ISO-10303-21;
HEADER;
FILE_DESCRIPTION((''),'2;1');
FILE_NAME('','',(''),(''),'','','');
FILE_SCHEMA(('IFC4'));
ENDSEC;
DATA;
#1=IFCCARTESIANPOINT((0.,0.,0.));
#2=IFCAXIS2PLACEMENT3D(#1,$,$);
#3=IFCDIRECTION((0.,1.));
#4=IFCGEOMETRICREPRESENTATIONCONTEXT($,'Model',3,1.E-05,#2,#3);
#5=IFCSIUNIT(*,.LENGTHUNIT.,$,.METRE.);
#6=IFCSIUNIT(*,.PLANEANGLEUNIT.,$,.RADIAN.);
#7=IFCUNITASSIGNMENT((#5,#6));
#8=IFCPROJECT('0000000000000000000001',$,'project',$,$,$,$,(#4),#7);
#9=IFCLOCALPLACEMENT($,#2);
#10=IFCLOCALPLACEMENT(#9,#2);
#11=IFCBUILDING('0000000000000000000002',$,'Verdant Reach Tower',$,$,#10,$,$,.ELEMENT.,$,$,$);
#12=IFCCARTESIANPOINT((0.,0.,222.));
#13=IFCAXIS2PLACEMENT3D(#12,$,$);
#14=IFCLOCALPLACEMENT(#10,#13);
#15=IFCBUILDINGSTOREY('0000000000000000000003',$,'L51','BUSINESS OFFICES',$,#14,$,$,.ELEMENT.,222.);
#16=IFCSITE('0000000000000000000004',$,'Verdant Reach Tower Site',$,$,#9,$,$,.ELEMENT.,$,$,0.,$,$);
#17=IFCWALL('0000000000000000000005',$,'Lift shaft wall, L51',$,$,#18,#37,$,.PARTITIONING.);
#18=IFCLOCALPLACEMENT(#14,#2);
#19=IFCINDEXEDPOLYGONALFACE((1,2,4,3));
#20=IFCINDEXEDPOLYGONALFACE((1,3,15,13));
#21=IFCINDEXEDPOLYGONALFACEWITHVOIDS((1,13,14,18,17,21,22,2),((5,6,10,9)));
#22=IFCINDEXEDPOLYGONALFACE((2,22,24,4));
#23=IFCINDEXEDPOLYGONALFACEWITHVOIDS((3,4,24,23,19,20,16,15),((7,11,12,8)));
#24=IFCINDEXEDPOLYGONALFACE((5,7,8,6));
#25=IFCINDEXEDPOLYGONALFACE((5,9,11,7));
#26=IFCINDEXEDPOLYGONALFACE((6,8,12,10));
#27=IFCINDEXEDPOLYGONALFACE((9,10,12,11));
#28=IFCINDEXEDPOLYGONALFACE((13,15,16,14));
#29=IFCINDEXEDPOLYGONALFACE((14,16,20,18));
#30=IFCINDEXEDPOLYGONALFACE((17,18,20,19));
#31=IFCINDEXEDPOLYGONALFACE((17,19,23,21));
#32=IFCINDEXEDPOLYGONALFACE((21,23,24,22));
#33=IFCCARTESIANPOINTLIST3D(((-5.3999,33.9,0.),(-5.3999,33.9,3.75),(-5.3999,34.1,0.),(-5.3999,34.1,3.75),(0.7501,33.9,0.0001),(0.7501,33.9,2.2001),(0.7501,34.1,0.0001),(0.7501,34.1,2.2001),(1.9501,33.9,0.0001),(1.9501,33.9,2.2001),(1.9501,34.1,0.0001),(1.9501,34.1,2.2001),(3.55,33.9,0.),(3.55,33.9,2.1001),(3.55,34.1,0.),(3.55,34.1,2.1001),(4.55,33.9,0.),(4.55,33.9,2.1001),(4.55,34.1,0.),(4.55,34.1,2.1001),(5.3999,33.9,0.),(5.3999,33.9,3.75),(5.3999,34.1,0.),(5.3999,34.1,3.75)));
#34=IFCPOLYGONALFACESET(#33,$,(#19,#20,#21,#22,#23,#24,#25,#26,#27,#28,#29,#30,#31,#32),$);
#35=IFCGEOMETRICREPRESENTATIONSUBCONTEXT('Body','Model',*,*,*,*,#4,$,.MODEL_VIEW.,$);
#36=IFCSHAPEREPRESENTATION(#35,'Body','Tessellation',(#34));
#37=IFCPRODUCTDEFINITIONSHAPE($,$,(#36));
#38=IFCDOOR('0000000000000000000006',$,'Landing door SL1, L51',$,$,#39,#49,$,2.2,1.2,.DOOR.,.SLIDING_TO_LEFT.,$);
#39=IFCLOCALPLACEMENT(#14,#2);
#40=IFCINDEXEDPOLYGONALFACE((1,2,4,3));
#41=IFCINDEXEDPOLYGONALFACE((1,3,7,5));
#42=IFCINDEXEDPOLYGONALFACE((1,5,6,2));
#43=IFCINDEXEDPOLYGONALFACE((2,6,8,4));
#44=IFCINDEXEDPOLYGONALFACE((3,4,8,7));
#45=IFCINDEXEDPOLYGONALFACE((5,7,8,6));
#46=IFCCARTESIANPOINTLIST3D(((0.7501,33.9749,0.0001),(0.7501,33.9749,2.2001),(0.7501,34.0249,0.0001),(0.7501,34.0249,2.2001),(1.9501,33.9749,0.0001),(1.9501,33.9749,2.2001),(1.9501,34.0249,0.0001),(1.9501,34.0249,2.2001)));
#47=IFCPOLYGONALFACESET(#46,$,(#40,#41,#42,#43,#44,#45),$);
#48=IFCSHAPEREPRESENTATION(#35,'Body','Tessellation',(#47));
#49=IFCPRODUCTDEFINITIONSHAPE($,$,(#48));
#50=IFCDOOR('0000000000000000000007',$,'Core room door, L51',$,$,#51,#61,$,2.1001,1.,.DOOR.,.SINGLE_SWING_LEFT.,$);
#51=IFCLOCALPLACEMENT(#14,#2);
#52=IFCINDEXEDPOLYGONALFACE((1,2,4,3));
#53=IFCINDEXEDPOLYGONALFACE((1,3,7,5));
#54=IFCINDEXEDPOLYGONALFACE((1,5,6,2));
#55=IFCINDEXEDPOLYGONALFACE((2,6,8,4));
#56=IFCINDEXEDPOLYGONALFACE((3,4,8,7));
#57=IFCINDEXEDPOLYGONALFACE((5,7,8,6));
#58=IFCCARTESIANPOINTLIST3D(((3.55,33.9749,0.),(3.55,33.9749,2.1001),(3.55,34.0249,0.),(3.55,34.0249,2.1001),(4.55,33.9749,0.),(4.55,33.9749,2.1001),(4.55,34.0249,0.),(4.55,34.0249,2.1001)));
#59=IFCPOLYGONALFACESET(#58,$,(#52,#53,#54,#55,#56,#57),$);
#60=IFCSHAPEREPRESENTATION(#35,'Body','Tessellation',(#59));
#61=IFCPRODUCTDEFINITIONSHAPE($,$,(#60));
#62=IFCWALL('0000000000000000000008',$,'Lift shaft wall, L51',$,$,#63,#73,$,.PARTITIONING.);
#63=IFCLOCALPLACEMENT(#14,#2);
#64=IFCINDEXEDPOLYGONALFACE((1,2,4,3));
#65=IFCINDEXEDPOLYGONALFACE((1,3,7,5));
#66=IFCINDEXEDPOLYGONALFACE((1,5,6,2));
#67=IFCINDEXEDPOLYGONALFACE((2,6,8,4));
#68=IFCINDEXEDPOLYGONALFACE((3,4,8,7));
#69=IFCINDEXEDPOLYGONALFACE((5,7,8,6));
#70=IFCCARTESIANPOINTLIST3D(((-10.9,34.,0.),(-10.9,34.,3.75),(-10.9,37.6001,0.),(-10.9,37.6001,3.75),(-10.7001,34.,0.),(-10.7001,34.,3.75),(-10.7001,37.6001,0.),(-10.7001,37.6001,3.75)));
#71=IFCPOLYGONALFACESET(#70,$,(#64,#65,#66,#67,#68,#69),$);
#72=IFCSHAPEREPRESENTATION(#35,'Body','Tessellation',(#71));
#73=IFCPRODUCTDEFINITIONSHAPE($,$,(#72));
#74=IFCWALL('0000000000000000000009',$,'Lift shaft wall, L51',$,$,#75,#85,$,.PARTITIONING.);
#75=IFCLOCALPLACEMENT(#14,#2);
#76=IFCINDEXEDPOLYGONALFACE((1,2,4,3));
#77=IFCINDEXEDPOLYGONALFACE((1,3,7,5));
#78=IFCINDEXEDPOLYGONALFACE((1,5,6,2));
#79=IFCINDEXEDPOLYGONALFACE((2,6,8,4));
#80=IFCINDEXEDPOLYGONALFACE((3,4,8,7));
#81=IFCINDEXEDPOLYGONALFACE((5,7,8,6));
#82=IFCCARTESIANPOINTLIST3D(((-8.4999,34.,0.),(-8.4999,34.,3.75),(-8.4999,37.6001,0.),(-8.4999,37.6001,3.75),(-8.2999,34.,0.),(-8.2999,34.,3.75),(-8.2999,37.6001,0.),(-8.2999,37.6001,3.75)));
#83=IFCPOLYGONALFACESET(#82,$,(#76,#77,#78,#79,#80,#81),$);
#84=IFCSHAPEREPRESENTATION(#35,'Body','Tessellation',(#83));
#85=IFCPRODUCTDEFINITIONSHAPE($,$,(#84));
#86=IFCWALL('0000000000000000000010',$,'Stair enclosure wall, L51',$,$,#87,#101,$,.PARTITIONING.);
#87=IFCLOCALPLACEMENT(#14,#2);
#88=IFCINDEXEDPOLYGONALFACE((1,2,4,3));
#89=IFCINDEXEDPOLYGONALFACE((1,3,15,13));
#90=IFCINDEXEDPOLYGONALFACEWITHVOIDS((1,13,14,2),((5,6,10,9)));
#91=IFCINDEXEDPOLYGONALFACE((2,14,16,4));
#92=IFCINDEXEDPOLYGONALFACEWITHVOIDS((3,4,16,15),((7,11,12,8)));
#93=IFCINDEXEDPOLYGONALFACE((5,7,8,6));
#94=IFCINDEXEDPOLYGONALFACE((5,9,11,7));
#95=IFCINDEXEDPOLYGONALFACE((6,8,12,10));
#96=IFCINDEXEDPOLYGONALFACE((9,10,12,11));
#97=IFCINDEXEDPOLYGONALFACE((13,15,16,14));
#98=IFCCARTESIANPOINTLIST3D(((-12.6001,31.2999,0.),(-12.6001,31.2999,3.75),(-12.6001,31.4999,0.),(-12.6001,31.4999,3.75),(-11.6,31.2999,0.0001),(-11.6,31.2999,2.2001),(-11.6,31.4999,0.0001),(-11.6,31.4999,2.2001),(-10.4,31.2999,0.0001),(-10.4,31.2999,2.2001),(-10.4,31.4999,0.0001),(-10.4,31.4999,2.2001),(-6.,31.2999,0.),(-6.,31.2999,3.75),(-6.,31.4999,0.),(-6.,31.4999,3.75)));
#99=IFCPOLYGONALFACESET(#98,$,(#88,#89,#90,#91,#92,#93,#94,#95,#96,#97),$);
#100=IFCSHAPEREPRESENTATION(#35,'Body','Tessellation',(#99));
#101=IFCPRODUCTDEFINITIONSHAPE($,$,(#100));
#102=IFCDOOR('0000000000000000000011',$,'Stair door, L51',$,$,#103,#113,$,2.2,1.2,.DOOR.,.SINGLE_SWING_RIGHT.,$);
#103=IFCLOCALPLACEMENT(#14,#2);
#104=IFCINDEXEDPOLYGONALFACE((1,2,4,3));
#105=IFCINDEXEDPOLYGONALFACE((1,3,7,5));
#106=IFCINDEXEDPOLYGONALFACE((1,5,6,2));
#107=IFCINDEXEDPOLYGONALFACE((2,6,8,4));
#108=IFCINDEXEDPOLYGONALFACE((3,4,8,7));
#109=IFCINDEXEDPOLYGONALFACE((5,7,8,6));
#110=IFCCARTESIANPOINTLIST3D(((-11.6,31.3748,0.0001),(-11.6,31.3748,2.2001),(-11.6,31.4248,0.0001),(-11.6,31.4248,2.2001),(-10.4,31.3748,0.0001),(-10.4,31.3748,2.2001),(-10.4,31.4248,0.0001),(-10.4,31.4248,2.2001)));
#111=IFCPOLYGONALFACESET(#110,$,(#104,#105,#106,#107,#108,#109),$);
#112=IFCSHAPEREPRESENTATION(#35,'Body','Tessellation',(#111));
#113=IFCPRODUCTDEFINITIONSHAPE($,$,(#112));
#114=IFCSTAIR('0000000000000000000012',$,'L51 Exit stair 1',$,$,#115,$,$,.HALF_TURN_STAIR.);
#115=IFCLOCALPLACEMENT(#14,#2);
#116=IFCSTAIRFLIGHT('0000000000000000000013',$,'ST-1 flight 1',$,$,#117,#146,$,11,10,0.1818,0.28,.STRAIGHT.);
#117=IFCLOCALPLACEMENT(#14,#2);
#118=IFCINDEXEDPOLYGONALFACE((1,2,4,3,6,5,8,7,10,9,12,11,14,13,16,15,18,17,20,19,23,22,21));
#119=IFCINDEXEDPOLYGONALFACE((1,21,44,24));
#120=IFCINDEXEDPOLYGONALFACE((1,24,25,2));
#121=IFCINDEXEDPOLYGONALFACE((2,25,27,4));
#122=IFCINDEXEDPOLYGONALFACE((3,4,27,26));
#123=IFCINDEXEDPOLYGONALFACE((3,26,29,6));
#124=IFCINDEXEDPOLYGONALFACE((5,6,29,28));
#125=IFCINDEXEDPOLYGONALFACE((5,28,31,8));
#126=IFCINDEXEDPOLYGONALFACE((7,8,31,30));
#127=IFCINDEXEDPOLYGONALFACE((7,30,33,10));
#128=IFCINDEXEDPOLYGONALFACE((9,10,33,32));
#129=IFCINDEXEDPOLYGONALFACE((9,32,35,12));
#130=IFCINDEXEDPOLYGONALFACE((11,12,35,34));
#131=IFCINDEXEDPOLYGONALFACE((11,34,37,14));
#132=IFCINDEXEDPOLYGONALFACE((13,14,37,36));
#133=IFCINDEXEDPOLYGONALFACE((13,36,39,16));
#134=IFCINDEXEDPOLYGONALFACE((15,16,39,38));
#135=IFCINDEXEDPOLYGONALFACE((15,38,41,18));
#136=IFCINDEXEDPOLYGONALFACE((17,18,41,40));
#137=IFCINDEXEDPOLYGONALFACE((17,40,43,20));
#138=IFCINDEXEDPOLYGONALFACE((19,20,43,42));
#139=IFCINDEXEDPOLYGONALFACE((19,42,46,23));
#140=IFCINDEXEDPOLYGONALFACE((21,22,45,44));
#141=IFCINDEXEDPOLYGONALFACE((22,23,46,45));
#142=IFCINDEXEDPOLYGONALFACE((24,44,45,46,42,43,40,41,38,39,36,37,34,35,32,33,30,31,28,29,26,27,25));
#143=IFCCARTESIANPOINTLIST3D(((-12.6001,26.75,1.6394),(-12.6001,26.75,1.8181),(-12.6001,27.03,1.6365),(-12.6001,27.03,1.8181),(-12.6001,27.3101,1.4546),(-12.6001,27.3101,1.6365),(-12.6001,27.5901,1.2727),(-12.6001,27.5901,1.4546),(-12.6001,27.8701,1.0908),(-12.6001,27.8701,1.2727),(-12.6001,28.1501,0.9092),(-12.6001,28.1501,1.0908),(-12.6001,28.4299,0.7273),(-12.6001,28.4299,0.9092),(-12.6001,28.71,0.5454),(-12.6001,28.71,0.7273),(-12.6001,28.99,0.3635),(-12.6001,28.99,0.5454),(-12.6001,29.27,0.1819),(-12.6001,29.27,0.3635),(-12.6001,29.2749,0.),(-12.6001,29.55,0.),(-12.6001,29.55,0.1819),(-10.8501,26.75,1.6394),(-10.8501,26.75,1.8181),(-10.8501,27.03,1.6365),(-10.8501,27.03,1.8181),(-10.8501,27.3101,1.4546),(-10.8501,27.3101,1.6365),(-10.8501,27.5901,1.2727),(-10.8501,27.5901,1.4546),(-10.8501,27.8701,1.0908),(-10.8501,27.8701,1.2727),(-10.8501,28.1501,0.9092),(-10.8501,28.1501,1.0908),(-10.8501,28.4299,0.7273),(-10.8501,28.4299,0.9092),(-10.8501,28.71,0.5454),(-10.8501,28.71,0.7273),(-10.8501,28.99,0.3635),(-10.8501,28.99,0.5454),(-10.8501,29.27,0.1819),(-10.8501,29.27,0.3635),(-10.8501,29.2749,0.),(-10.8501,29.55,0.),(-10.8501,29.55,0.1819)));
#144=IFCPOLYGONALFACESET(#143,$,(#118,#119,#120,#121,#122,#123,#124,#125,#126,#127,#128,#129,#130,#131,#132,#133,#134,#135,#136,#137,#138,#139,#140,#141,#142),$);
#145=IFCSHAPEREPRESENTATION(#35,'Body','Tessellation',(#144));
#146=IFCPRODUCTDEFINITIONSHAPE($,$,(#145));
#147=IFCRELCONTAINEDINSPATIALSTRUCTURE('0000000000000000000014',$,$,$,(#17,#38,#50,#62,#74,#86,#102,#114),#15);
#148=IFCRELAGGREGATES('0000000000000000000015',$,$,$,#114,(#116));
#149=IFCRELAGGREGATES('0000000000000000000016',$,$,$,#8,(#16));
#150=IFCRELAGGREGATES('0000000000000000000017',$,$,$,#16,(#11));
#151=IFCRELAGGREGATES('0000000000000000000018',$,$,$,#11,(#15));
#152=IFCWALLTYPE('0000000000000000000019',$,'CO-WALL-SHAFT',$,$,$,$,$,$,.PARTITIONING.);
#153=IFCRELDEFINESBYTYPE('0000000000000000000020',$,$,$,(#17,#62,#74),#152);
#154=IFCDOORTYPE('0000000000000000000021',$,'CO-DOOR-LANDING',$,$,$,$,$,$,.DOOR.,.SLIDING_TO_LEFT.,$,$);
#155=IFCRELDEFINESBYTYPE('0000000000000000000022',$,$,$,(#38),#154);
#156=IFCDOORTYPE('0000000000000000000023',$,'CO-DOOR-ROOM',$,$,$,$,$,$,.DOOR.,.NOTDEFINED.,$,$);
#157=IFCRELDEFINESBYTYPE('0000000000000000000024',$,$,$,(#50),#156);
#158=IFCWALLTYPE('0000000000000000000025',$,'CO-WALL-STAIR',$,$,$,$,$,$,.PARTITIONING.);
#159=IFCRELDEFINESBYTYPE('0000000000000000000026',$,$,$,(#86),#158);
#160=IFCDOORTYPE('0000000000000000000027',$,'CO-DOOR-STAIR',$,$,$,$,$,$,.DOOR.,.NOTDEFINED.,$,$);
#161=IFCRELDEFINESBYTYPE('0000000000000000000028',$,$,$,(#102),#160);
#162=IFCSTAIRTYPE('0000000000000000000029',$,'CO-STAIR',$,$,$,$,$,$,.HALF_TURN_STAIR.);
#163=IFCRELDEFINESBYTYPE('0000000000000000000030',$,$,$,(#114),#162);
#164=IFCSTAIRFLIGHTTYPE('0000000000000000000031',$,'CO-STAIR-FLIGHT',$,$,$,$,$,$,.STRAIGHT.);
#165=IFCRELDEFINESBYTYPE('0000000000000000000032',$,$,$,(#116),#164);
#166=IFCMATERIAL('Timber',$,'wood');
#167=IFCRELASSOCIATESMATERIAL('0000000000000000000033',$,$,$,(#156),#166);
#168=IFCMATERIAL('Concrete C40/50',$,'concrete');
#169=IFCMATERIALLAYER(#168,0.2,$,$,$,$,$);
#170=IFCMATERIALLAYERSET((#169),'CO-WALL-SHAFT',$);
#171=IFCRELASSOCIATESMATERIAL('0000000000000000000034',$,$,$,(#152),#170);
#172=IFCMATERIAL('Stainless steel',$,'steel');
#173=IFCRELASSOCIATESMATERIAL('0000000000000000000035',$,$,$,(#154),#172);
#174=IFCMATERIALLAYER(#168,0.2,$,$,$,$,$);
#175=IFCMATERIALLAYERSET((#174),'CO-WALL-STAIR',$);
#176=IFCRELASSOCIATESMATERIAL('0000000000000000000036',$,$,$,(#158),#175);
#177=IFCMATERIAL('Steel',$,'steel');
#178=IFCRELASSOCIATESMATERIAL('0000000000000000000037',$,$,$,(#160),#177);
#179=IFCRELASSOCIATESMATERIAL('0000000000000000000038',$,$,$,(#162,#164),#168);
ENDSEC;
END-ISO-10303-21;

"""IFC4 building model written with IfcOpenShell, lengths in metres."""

from ifc_helpers import new_model, si_unit, direction, frame, frame_2d, origin, place, context, subcontext, project, spatial, polyline, rectangle, outline, extrude, material, layer, layer_set, type_object, element, fill, aggregate, save


model = new_model("IFC4")

# Units and contexts
model_context = context("Model", 3, precision=1e-05, world=origin(), true_north=direction((0.0, 1.0)))
body_context = subcontext(model_context, "Body", "Model", "MODEL_VIEW")
ifc_project = project(units=[si_unit("LENGTHUNIT", "METRE"), si_unit("PLANEANGLEUNIT", "RADIAN")], contexts=[model_context])

# Site, building, storey
site_placement = place(None, origin())
site = spatial("IfcSite", under=ifc_project, at=site_placement, Name="Verdant Reach Tower Site", CompositionType="ELEMENT", RefElevation=0.0)
building_placement = place(site_placement, origin())
building = spatial("IfcBuilding", under=site, at=building_placement, Name="Verdant Reach Tower", CompositionType="ELEMENT")
storey_placement = place(building_placement, frame((0.0, 0.0, 222.0)))
storey = spatial("IfcBuildingStorey", under=building, at=storey_placement, Name="L51", Description="BUSINESS OFFICES", CompositionType="ELEMENT", Elevation=222.0)

# Wall, openings, doors
ifc_material_1 = material(Name="Timber", Category="wood")
door_type_1 = type_object("IfcDoorType", Name="CO-DOOR-ROOM", OperationType="NOTDEFINED", PredefinedType="DOOR", material=ifc_material_1)
ifc_material_2 = material(Name="Concrete C40/50", Category="concrete")
ifc_layer_1 = layer(ifc_material_2, 0.2)
ifc_layer_set_1 = layer_set([ifc_layer_1], Name="CO-WALL-SHAFT")
wall_type_1 = type_object("IfcWallType", Name="CO-WALL-SHAFT", PredefinedType="PARTITIONING", material=ifc_layer_set_1)
ifc_material_3 = material(Name="Stainless steel", Category="steel")
ifc_material_4 = material(Name="Steel", Category="steel")
wall_1_placement = place(storey_placement, frame((-5.3999, 34.0, 0.0), z_axis=(0.0, 0.0, 1.0), x_axis=(1.0, 0.0, 0.0)))
wall_1 = element("IfcWall", 1, at=wall_1_placement, inside=storey, type_object=wall_type_1, Name="Lift shaft wall, L51", PredefinedType="PARTITIONING", context=body_context, shape_type="SweptSolid", body=[
    extrude(rectangle(XDim=10.7998, YDim=0.2, at=frame_2d((5.3999, 0.0))), origin(), (0.0, 0.0, 1.0), 3.75),
])
opening_1_placement = place(wall_1_placement, frame((6.1499, 0.0, 0.0)))
opening_1 = element("IfcOpeningElement", 2, at=opening_1_placement, cuts=wall_1, PredefinedType="OPENING", context=body_context, shape_type="SweptSolid", body=[
    extrude(rectangle(XDim=1.2, YDim=2.2, at=frame_2d((0.6001, 1.1001))), frame((0.0, 0.1099, 0.0), z_axis=(0.0, -1.0, 0.0), x_axis=(1.0, 0.0, 0.0)), (0.0, 0.0, 1.0), 0.22),
])
opening_2_placement = place(wall_1_placement, frame((8.95, 0.0, 0.0)))
opening_2 = element("IfcOpeningElement", 3, at=opening_2_placement, cuts=wall_1, PredefinedType="OPENING", context=body_context, shape_type="SweptSolid", body=[
    extrude(rectangle(XDim=1.0, YDim=2.1001, at=frame_2d((0.5, 1.05))), frame((0.0, 0.1099, 0.0), z_axis=(0.0, -1.0, 0.0), x_axis=(1.0, 0.0, 0.0)), (0.0, 0.0, 1.0), 0.22),
])
door_type_2 = type_object("IfcDoorType", Name="CO-DOOR-LANDING", OperationType="SLIDING_TO_LEFT", PredefinedType="DOOR", material=ifc_material_3)
door_1_placement = place(opening_1_placement, origin())
door_1 = element("IfcDoor", 4, at=door_1_placement, inside=storey, type_object=door_type_2, Name="Landing door SL1, L51", OperationType="SLIDING_TO_LEFT", OverallHeight=2.2, OverallWidth=1.2, PredefinedType="DOOR", context=body_context, shape_type="SweptSolid", body=[
    extrude(rectangle(XDim=1.2, YDim=2.2, at=frame_2d((0.6001, 1.1001))), frame((0.0, 0.0249, 0.0), z_axis=(0.0, -1.0, 0.0), x_axis=(1.0, 0.0, 0.0)), (0.0, 0.0, 1.0), 0.05),
])
fill(opening_1, door_1)
door_2_placement = place(opening_2_placement, origin())
door_2 = element("IfcDoor", 5, at=door_2_placement, inside=storey, type_object=door_type_1, Name="Core room door, L51", OperationType="SINGLE_SWING_LEFT", OverallHeight=2.1001, OverallWidth=1.0, PredefinedType="DOOR", context=body_context, shape_type="SweptSolid", body=[
    extrude(rectangle(XDim=1.0, YDim=2.1001, at=frame_2d((0.5, 1.05))), frame((0.0, 0.0249, 0.0), z_axis=(0.0, -1.0, 0.0), x_axis=(1.0, 0.0, 0.0)), (0.0, 0.0, 1.0), 0.05),
])
fill(opening_2, door_2)

# Walls
for number, where, z_axis, x_axis, name in (
    (6, (-10.8, 34.0, 0.0), (0.0, 0.0, 1.0), (0.0, 1.0, 0.0), "Lift shaft wall, L51"),
    (7, (-8.3999, 34.0, 0.0), (0.0, 0.0, 1.0), (0.0, 1.0, 0.0), "Lift shaft wall, L51"),
):
    element("IfcWall", number, at=place(storey_placement, frame(where, z_axis=z_axis, x_axis=x_axis)), inside=storey, type_object=wall_type_1, Name=name, PredefinedType="PARTITIONING", context=body_context, shape_type="SweptSolid", body=[
        extrude(rectangle(XDim=3.6001, YDim=0.2, at=frame_2d((1.8, 0.0))), origin(), (0.0, 0.0, 1.0), 3.75),
    ])

# Wall, opening, door
ifc_layer_2 = layer(ifc_material_2, 0.2)
ifc_layer_set_2 = layer_set([ifc_layer_2], Name="CO-WALL-STAIR")
wall_type_2 = type_object("IfcWallType", Name="CO-WALL-STAIR", PredefinedType="PARTITIONING", material=ifc_layer_set_2)
wall_2_placement = place(storey_placement, frame((-12.6001, 31.3999, 0.0), z_axis=(0.0, 0.0, 1.0), x_axis=(1.0, 0.0, 0.0)))
wall_2 = element("IfcWall", 8, at=wall_2_placement, inside=storey, type_object=wall_type_2, Name="Stair enclosure wall, L51", PredefinedType="PARTITIONING", context=body_context, shape_type="SweptSolid", body=[
    extrude(rectangle(XDim=6.6001, YDim=0.2, at=frame_2d((3.3, 0.0))), origin(), (0.0, 0.0, 1.0), 3.75),
])
opening_3_placement = place(wall_2_placement, frame((1.0, 0.0, 0.0)))
opening_3 = element("IfcOpeningElement", 9, at=opening_3_placement, cuts=wall_2, PredefinedType="OPENING", context=body_context, shape_type="SweptSolid", body=[
    extrude(rectangle(XDim=1.2, YDim=2.2, at=frame_2d((0.6001, 1.1001))), frame((0.0, 0.1099, 0.0), z_axis=(0.0, -1.0, 0.0), x_axis=(1.0, 0.0, 0.0)), (0.0, 0.0, 1.0), 0.22),
])
door_type_3 = type_object("IfcDoorType", Name="CO-DOOR-STAIR", OperationType="NOTDEFINED", PredefinedType="DOOR", material=ifc_material_4)
door_3_placement = place(opening_3_placement, origin())
door_3 = element("IfcDoor", 10, at=door_3_placement, inside=storey, type_object=door_type_3, Name="Stair door, L51", OperationType="SINGLE_SWING_RIGHT", OverallHeight=2.2, OverallWidth=1.2, PredefinedType="DOOR", context=body_context, shape_type="SweptSolid", body=[
    extrude(rectangle(XDim=1.2, YDim=2.2, at=frame_2d((0.6001, 1.1001))), frame((0.0, 0.0249, 0.0), z_axis=(0.0, -1.0, 0.0), x_axis=(1.0, 0.0, 0.0)), (0.0, 0.0, 1.0), 0.05),
])
fill(opening_3, door_3)

# Stair, stair flight
stair_type = type_object("IfcStairType", Name="CO-STAIR", PredefinedType="HALF_TURN_STAIR", material=ifc_material_2)
stair_placement = place(storey_placement, origin())
stair = element("IfcStair", 11, at=stair_placement, inside=storey, type_object=stair_type, Name="L51 Exit stair 1", PredefinedType="HALF_TURN_STAIR")
stair_flight_type = type_object("IfcStairFlightType", Name="CO-STAIR-FLIGHT", PredefinedType="STRAIGHT", material=ifc_material_2)
stair_flight_placement = place(storey_placement, frame((-11.7251, 29.55, 0.0), z_axis=(0.0, 0.0, 1.0), x_axis=(0.0, -1.0, 0.0)))
stair_flight = element("IfcStairFlight", 12, at=stair_flight_placement, type_object=stair_flight_type, Name="ST-1 flight 1", NumberOfRisers=11, NumberOfTreads=10, PredefinedType="STRAIGHT", RiserHeight=0.1818, TreadLength=0.28, context=body_context, shape_type="SweptSolid", body=[
    extrude(outline(polyline([(0.0, 0.0), (0.0, 0.1819), (0.28, 0.1819), (0.28, 0.3635), (0.5601, 0.3635), (0.5601, 0.5454), (0.8401, 0.5454), (0.8401, 0.7273), (1.1201, 0.7273), (1.1201, 0.9092), (1.3999, 0.9092), (1.3999, 1.0908), (1.6799, 1.0908), (1.6799, 1.2727), (1.96, 1.2727), (1.96, 1.4546), (2.24, 1.4546), (2.24, 1.6365), (2.52, 1.6365), (2.52, 1.8181), (2.8, 1.8181), (2.8, 2.0), (2.8, 1.6394), (0.2751, 0.0), (0.0, 0.0)])), frame((0.0, 0.875, 0.0), z_axis=(0.0, -1.0, 0.0), x_axis=(1.0, 0.0, 0.0)), (0.0, 0.0, 1.0), 1.75),
])
aggregate(stair, [stair_flight])

save(model, "model.ifc")
